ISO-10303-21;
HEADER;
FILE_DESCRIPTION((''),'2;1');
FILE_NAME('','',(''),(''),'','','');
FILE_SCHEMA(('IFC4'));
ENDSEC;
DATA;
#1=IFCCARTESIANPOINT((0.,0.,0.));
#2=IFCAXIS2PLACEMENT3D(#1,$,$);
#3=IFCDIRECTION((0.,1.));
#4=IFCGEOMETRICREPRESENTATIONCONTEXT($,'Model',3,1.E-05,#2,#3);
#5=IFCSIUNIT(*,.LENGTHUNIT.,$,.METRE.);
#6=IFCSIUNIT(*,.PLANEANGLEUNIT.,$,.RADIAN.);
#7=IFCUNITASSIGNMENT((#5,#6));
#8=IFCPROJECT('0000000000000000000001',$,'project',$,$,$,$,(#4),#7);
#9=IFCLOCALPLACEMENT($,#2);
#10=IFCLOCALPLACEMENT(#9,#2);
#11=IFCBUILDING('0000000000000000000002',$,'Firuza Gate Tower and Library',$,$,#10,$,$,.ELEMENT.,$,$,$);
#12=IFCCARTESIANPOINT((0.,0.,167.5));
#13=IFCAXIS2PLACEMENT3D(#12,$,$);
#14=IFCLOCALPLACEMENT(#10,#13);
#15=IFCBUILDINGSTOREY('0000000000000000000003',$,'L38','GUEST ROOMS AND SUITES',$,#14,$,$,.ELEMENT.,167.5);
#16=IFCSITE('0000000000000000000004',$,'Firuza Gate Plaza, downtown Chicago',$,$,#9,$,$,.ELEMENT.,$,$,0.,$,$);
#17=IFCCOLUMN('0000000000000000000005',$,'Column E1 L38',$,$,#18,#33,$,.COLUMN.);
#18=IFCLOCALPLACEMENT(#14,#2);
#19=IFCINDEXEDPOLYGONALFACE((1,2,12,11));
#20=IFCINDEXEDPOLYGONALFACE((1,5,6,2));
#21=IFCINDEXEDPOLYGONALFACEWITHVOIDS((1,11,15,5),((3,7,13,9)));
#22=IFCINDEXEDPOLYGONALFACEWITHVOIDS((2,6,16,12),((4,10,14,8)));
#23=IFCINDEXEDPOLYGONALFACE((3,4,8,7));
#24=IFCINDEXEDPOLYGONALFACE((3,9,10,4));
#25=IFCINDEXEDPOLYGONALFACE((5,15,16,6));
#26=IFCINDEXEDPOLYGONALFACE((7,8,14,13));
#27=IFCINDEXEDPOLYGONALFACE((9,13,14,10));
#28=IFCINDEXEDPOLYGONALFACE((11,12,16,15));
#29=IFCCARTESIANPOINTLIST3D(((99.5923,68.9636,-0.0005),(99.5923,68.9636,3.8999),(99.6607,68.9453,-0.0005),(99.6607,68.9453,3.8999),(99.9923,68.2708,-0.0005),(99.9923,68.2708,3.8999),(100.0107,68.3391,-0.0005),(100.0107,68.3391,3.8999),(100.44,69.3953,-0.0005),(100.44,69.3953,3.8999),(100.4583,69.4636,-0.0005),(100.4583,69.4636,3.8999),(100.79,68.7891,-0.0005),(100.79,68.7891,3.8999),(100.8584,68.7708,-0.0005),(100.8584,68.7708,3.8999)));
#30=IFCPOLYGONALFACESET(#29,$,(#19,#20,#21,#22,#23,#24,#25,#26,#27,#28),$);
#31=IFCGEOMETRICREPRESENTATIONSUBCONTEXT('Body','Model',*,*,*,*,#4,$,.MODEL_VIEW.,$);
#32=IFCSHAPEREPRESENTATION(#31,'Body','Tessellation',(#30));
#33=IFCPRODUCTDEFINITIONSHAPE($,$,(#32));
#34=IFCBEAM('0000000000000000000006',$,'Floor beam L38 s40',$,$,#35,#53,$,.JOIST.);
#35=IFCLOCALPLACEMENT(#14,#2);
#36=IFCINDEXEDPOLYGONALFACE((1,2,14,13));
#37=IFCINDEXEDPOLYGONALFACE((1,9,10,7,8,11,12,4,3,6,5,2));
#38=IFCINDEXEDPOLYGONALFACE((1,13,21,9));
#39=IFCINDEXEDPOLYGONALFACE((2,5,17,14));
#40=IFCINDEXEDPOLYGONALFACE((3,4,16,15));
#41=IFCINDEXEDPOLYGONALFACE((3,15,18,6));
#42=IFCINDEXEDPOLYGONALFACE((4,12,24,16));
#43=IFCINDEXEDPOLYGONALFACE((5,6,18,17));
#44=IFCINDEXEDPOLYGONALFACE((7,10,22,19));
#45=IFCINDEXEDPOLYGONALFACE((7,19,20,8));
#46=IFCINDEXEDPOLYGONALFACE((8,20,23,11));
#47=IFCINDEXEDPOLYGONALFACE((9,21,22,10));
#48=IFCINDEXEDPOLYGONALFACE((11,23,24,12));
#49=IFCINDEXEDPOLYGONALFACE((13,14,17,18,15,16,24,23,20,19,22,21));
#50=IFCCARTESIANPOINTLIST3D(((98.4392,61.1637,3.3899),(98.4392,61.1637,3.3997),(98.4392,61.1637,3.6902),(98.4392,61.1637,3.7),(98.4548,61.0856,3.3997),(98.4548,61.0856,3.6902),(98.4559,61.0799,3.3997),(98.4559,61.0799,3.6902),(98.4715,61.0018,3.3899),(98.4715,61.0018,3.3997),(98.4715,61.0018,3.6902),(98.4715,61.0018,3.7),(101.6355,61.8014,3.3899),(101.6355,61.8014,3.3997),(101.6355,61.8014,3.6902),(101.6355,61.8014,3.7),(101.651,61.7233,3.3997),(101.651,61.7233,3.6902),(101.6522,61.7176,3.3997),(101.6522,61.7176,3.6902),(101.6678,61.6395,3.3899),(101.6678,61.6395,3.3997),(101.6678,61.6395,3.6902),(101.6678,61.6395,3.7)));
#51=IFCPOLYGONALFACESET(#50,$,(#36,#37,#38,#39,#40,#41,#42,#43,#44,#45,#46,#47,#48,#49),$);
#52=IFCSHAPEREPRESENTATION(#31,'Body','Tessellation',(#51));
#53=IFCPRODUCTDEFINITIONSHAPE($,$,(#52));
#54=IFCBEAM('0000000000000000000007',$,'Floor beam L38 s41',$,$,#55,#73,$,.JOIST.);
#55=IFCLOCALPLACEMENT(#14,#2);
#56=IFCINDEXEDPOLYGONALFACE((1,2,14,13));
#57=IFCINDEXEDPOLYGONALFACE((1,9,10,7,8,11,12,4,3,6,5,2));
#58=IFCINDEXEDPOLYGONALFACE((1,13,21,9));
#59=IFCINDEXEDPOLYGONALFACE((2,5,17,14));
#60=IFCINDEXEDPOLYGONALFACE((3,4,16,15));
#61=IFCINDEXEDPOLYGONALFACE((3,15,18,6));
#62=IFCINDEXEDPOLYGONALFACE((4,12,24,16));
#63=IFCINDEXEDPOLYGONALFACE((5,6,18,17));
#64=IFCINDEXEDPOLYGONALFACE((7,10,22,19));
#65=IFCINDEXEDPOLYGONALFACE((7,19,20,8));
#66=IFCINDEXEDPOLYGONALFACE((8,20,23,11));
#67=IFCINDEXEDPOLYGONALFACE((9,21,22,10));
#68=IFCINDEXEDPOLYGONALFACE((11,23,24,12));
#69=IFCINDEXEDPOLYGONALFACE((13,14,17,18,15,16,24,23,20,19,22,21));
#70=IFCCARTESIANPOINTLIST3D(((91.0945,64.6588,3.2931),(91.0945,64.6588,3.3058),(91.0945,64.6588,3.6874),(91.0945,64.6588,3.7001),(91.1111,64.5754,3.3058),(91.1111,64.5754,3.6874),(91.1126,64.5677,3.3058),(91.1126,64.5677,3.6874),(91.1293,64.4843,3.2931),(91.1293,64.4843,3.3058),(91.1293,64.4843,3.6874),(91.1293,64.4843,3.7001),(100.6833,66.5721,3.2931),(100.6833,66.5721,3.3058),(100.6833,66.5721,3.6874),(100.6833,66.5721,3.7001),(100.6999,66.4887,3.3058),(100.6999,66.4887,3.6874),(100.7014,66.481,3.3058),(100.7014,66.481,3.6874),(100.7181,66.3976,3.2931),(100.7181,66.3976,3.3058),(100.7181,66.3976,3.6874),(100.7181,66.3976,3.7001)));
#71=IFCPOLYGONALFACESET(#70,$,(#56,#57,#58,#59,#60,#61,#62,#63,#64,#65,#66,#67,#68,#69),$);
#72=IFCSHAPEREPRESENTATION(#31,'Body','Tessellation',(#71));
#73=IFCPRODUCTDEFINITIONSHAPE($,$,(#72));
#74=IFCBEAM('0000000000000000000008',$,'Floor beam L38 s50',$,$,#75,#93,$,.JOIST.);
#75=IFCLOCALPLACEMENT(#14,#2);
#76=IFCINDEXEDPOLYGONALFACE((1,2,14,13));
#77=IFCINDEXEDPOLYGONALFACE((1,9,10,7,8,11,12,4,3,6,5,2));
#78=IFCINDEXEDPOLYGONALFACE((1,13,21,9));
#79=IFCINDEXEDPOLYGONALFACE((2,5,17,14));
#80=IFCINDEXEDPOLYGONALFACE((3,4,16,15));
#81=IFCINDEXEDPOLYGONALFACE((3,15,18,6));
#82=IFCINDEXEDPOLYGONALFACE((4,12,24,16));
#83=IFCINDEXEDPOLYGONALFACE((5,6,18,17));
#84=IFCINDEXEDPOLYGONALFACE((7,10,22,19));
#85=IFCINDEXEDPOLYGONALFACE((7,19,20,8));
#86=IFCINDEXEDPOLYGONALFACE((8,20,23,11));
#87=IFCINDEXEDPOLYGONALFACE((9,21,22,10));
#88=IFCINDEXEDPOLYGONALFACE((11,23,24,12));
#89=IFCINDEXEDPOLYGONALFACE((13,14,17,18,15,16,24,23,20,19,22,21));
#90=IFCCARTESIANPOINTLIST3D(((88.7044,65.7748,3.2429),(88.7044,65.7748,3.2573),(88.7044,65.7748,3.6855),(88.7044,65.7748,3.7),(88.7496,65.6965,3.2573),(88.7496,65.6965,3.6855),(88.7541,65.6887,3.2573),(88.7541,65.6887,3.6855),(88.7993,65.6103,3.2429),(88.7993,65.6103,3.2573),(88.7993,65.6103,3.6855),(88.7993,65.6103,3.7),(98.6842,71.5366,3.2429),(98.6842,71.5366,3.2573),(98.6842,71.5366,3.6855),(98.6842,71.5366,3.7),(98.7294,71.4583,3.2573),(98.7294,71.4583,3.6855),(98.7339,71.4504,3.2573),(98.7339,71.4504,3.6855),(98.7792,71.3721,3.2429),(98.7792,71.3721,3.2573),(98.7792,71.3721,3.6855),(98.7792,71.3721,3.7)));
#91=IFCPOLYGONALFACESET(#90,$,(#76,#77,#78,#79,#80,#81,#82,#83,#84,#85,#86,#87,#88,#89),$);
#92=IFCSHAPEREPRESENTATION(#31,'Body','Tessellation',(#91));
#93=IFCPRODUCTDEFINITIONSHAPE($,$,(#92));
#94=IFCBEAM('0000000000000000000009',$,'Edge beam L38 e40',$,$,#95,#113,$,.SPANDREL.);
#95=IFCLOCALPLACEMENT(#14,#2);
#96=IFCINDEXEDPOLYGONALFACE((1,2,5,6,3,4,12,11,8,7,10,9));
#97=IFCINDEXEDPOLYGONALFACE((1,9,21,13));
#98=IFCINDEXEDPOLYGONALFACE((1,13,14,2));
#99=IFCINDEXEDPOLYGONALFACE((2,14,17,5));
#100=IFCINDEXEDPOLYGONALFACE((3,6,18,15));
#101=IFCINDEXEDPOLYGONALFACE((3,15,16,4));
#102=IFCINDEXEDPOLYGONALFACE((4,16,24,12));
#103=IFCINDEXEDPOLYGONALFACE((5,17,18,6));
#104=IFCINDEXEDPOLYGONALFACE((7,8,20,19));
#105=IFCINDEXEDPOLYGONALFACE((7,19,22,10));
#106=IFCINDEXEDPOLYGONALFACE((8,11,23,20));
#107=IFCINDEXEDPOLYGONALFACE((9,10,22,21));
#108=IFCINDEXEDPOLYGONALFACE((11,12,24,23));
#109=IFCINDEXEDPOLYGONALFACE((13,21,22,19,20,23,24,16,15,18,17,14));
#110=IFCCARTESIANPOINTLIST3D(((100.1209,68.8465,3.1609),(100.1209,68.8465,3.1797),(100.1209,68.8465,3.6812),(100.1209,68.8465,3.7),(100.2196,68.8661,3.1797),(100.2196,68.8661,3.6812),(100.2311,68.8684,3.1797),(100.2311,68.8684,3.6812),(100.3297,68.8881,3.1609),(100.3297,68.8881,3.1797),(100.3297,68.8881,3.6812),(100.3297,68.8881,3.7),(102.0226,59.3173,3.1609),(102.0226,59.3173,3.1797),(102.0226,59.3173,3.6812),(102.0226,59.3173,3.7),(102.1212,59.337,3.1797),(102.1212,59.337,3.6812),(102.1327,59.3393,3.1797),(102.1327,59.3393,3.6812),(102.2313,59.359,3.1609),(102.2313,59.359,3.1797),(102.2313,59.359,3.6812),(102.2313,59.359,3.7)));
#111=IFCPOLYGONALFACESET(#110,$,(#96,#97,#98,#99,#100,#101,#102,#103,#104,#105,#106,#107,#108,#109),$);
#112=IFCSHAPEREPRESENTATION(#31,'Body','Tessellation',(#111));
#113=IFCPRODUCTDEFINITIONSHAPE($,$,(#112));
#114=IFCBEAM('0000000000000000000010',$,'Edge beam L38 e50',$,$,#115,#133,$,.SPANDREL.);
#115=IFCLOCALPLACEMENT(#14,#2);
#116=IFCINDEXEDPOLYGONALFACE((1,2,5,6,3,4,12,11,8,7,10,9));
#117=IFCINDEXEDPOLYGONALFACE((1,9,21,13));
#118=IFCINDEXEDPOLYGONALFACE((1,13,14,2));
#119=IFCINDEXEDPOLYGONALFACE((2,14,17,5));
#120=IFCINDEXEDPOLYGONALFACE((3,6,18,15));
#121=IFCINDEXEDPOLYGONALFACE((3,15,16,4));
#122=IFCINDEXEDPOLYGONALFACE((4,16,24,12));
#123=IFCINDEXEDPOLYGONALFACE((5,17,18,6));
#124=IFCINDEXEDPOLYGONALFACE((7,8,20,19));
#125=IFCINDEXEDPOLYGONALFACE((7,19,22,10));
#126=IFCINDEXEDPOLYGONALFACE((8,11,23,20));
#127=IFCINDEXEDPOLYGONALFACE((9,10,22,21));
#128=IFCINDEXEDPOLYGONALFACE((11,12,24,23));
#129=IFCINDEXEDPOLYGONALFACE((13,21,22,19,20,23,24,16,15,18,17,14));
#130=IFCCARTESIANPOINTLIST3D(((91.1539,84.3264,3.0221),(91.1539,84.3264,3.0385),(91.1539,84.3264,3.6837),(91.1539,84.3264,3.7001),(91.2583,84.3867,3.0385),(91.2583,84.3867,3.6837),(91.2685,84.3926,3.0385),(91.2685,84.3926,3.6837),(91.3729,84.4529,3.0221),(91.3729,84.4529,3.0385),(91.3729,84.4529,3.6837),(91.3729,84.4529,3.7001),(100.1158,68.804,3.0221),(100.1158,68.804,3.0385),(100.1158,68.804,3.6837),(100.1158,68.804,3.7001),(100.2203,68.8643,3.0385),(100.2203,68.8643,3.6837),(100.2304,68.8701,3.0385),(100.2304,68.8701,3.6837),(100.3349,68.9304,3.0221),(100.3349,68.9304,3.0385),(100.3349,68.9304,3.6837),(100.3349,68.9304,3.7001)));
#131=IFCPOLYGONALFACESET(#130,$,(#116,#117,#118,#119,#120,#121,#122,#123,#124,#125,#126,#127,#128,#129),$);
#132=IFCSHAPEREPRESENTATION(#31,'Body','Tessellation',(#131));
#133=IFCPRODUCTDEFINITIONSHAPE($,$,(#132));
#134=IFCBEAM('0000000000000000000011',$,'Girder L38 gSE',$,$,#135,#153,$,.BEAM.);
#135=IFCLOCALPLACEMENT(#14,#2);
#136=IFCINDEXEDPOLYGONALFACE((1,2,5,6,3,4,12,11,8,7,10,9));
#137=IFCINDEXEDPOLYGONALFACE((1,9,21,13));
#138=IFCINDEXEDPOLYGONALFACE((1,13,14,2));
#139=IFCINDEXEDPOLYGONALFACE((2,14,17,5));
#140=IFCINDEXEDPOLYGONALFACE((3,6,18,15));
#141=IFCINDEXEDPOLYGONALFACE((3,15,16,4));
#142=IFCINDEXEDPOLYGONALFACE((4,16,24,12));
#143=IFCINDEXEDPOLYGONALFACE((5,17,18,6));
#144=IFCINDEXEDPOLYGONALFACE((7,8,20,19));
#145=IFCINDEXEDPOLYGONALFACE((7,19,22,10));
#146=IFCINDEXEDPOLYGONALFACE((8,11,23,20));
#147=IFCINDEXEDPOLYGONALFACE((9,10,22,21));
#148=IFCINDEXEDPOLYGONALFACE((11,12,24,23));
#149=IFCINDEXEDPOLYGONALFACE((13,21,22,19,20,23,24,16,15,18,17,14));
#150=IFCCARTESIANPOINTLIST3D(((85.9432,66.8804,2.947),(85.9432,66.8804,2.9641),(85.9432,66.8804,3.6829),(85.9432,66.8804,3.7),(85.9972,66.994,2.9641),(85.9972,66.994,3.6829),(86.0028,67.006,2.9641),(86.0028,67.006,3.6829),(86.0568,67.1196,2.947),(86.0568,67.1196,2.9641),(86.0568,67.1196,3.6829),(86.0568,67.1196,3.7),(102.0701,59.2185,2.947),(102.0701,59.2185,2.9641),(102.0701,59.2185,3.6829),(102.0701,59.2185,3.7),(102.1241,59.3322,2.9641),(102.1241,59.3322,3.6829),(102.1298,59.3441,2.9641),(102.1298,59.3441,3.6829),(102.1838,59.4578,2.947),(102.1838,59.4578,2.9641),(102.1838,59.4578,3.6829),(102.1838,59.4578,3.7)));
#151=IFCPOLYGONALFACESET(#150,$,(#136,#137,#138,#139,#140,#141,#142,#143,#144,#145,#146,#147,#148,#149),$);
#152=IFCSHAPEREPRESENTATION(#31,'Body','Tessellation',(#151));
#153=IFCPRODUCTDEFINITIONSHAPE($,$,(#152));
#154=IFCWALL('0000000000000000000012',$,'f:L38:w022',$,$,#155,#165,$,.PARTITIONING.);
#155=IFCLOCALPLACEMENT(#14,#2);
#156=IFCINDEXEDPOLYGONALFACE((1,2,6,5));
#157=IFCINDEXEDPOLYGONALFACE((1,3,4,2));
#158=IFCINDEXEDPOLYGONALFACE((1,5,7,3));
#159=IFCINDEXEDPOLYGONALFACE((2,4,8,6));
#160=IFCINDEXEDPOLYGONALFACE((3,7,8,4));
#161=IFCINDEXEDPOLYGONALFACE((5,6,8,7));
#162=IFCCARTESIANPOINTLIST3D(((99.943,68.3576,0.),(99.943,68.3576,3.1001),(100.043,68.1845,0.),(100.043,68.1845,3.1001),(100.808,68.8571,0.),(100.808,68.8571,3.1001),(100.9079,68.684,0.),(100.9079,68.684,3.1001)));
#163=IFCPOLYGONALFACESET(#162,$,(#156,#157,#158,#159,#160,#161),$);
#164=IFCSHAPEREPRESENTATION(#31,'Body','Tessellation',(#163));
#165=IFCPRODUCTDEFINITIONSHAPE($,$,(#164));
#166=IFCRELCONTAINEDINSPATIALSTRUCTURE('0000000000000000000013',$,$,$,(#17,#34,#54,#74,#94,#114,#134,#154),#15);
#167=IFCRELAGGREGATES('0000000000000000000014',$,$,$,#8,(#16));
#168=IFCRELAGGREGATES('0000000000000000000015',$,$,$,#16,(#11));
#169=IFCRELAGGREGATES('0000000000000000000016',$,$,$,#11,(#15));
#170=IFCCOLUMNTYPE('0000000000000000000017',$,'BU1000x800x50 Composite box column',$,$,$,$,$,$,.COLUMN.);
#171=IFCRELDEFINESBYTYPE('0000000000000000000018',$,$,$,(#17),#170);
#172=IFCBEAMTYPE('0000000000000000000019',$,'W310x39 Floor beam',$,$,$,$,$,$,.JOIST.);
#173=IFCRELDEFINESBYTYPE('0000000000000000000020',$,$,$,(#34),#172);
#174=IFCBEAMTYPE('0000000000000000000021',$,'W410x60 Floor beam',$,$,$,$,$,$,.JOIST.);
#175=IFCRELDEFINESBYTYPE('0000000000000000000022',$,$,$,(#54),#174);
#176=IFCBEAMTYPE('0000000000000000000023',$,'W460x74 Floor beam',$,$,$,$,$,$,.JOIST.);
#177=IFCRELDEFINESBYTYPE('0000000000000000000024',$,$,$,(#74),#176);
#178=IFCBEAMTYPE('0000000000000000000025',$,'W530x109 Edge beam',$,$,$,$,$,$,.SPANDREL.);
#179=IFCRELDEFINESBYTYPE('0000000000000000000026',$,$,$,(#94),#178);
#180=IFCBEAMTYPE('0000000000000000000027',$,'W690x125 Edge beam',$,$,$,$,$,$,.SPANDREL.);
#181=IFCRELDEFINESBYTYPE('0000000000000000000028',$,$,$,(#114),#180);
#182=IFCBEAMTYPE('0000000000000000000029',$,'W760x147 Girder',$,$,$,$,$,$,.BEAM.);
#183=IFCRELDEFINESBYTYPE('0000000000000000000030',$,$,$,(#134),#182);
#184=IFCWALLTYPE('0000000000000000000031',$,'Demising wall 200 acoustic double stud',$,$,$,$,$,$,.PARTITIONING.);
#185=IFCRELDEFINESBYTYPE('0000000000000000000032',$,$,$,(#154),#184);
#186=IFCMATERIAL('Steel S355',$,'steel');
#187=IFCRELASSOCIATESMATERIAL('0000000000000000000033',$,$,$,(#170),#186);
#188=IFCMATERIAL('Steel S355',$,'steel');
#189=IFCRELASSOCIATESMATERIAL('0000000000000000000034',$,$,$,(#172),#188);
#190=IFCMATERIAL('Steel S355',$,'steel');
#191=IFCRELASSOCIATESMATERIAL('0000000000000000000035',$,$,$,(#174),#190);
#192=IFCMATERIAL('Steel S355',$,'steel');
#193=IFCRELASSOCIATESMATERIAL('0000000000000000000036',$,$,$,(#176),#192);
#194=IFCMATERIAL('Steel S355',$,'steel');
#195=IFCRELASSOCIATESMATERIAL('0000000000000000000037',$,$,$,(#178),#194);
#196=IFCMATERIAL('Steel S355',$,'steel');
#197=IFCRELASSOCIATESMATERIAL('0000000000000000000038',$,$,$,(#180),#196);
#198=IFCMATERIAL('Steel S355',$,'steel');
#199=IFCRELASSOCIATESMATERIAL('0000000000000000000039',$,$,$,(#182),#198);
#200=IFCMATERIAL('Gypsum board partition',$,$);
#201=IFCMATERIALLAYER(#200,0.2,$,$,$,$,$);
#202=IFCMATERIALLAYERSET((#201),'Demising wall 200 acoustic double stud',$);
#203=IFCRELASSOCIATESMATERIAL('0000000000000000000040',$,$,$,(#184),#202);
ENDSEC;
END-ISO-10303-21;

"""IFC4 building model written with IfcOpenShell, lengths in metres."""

from ifc_helpers import new_model, si_unit, direction, frame, frame_2d, origin, origin_2d, place, context, subcontext, project, spatial, rectangle, hollow_rectangle, i_section, extrude, material, layer, layer_set, material_profile, profile_set, type_object, element, save


model = new_model("IFC4")

# Units and contexts
model_context = context("Model", 3, precision=1e-05, world=origin(), true_north=direction((0.0, 1.0)))
body_context = subcontext(model_context, "Body", "Model", "MODEL_VIEW")
ifc_project = project(units=[si_unit("LENGTHUNIT", "METRE"), si_unit("PLANEANGLEUNIT", "RADIAN")], contexts=[model_context])

# Site, building, storey
site_placement = place(None, origin())
site = spatial("IfcSite", under=ifc_project, at=site_placement, Name="Firuza Gate Plaza, downtown Chicago", CompositionType="ELEMENT", RefElevation=0.0)
building_placement = place(site_placement, origin())
building = spatial("IfcBuilding", under=site, at=building_placement, Name="Firuza Gate Tower and Library", CompositionType="ELEMENT")
storey_placement = place(building_placement, frame((0.0, 0.0, 167.5)))
storey = spatial("IfcBuildingStorey", under=building, at=storey_placement, Name="L38", Description="GUEST ROOMS AND SUITES", CompositionType="ELEMENT", Elevation=167.5)

# Column
ifc_material_1 = material(Name="Steel S355", Category="steel")
ifc_material_profile_1 = material_profile(ifc_material_1, hollow_rectangle(XDim=0.8, YDim=1.0, WallThickness=0.05, at=origin_2d()))
ifc_profile_set_1 = profile_set([ifc_material_profile_1], Name="Steel S355")
column_type = type_object("IfcColumnType", Name="BU1000x800x50 Composite box column", PredefinedType="COLUMN", material=ifc_profile_set_1)
column_placement = place(storey_placement, frame((100.2253, 68.8672, -0.0005), z_axis=(0.0, 0.0, 1.0), x_axis=(-0.5, 0.866025, 0.0)))
element("IfcColumn", 1, at=column_placement, inside=storey, type_object=column_type, Name="Column E1 L38", PredefinedType="COLUMN", context=body_context, shape_type="SweptSolid", body=[
    extrude(hollow_rectangle(XDim=0.8, YDim=1.0, WallThickness=0.05, at=origin_2d()), origin(), (0.0, 0.0, 1.0), 3.9004),
])

# Beams
ifc_material_2 = material(Name="Steel S355", Category="steel")
ifc_material_profile_2 = material_profile(ifc_material_2, i_section(OverallWidth=0.165, OverallDepth=0.3101, WebThickness=0.0059, FlangeThickness=0.0098, at=origin_2d()))
ifc_profile_set_2 = profile_set([ifc_material_profile_2], Name="Steel S355")
beam_type_1 = type_object("IfcBeamType", Name="W310x39 Floor beam", PredefinedType="JOIST", material=ifc_profile_set_2)
beam_1_placement = place(storey_placement, frame((101.6516, 61.7205, 3.5449), z_axis=(-0.980673, -0.195655, 0.0), x_axis=(0.195655, -0.980673, 0.0)))
element("IfcBeam", 2, at=beam_1_placement, inside=storey, type_object=beam_type_1, Name="Floor beam L38 s40", PredefinedType="JOIST", context=body_context, shape_type="SweptSolid", body=[
    extrude(i_section(OverallWidth=0.165, OverallDepth=0.3101, WebThickness=0.0059, FlangeThickness=0.0098, at=origin_2d()), origin(), (0.0, 0.0, 1.0), 3.2593),
])
ifc_material_3 = material(Name="Steel S355", Category="steel")
ifc_material_profile_3 = material_profile(ifc_material_3, i_section(OverallWidth=0.178, OverallDepth=0.407, WebThickness=0.0078, FlangeThickness=0.0127, at=origin_2d()))
ifc_profile_set_3 = profile_set([ifc_material_profile_3], Name="Steel S355")
beam_type_2 = type_object("IfcBeamType", Name="W410x60 Floor beam", PredefinedType="JOIST", material=ifc_profile_set_3)
beam_2_placement = place(storey_placement, frame((100.7007, 66.4849, 3.4966), z_axis=(-0.980668, -0.195679, 0.0), x_axis=(0.195679, -0.980668, 0.0)))
element("IfcBeam", 3, at=beam_2_placement, inside=storey, type_object=beam_type_2, Name="Floor beam L38 s41", PredefinedType="JOIST", context=body_context, shape_type="SweptSolid", body=[
    extrude(i_section(OverallWidth=0.178, OverallDepth=0.407, WebThickness=0.0078, FlangeThickness=0.0127, at=origin_2d()), origin(), (0.0, 0.0, 1.0), 9.7778),
])
ifc_material_4 = material(Name="Steel S355", Category="steel")
ifc_material_profile_4 = material_profile(ifc_material_4, i_section(OverallWidth=0.1899, OverallDepth=0.457, WebThickness=0.009, FlangeThickness=0.0144, at=origin_2d()))
ifc_profile_set_4 = profile_set([ifc_material_profile_4], Name="Steel S355")
beam_type_3 = type_object("IfcBeamType", Name="W460x74 Floor beam", PredefinedType="JOIST", material=ifc_profile_set_4)
beam_3_placement = place(storey_placement, frame((98.7317, 71.4543, 3.4714), z_axis=(-0.866029, -0.499994, 0.0), x_axis=(0.499994, -0.866029, 0.0)))
element("IfcBeam", 4, at=beam_3_placement, inside=storey, type_object=beam_type_3, Name="Floor beam L38 s50", PredefinedType="JOIST", context=body_context, shape_type="SweptSolid", body=[
    extrude(i_section(OverallWidth=0.1899, OverallDepth=0.457, WebThickness=0.009, FlangeThickness=0.0144, at=origin_2d()), origin(), (0.0, 0.0, 1.0), 11.5237),
])
ifc_material_5 = material(Name="Steel S355", Category="steel")
ifc_material_profile_5 = material_profile(ifc_material_5, i_section(OverallWidth=0.2129, OverallDepth=0.5391, WebThickness=0.0117, FlangeThickness=0.0188, at=origin_2d()))
ifc_profile_set_5 = profile_set([ifc_material_profile_5], Name="Steel S355")
beam_type_4 = type_object("IfcBeamType", Name="W530x109 Edge beam", PredefinedType="SPANDREL", material=ifc_profile_set_5)
beam_4_placement = place(storey_placement, frame((102.127, 59.3381, 3.4304), z_axis=(-0.195701, 0.980664, 0.0), x_axis=(-0.980664, -0.195701, 0.0)))
element("IfcBeam", 5, at=beam_4_placement, inside=storey, type_object=beam_type_4, Name="Edge beam L38 e40", PredefinedType="SPANDREL", context=body_context, shape_type="SweptSolid", body=[
    extrude(i_section(OverallWidth=0.2129, OverallDepth=0.5391, WebThickness=0.0117, FlangeThickness=0.0188, at=origin_2d()), origin(), (0.0, 0.0, 1.0), 9.717),
])
ifc_material_6 = material(Name="Steel S355", Category="steel")
ifc_material_profile_6 = material_profile(ifc_material_6, i_section(OverallWidth=0.2529, OverallDepth=0.678, WebThickness=0.0117, FlangeThickness=0.0164, at=origin_2d()))
ifc_profile_set_6 = profile_set([ifc_material_profile_6], Name="Steel S355")
beam_type_5 = type_object("IfcBeamType", Name="W690x125 Edge beam", PredefinedType="SPANDREL", material=ifc_profile_set_6)
beam_5_placement = place(storey_placement, frame((100.2253, 68.8672, 3.3611), z_axis=(-0.500001, 0.866025, 0.0), x_axis=(-0.866025, -0.500001, 0.0)))
element("IfcBeam", 6, at=beam_5_placement, inside=storey, type_object=beam_type_5, Name="Edge beam L38 e50", PredefinedType="SPANDREL", context=body_context, shape_type="SweptSolid", body=[
    extrude(i_section(OverallWidth=0.2529, OverallDepth=0.678, WebThickness=0.0117, FlangeThickness=0.0164, at=origin_2d()), origin(), (0.0, 0.0, 1.0), 17.9238),
])
ifc_material_7 = material(Name="Steel S355", Category="steel")
ifc_material_profile_7 = material_profile(ifc_material_7, i_section(OverallWidth=0.2649, OverallDepth=0.7529, WebThickness=0.0132, FlangeThickness=0.0171, at=origin_2d()))
ifc_profile_set_7 = profile_set([ifc_material_profile_7], Name="Steel S355")
beam_type_6 = type_object("IfcBeamType", Name="W760x147 Girder", PredefinedType="BEAM", material=ifc_profile_set_7)
beam_6_placement = place(storey_placement, frame((102.127, 59.3381, 3.3235), z_axis=(-0.903244, 0.429128, 0.0), x_axis=(-0.429128, -0.903244, 0.0)))
element("IfcBeam", 7, at=beam_6_placement, inside=storey, type_object=beam_type_6, Name="Girder L38 gSE", PredefinedType="BEAM", context=body_context, shape_type="SweptSolid", body=[
    extrude(i_section(OverallWidth=0.2649, OverallDepth=0.7529, WebThickness=0.0132, FlangeThickness=0.0171, at=origin_2d()), origin(), (0.0, 0.0, 1.0), 17.8545),
])

# Wall
ifc_material_8 = material(Name="Gypsum board partition")
ifc_layer_1 = layer(ifc_material_8, 0.2)
ifc_layer_set_1 = layer_set([ifc_layer_1], Name="Demising wall 200 acoustic double stud")
wall_type_1 = type_object("IfcWallType", Name="Demising wall 200 acoustic double stud", PredefinedType="PARTITIONING", material=ifc_layer_set_1)
wall_1_placement = place(storey_placement, frame((99.9929, 68.271, 0.0), z_axis=(0.0, 0.0, 1.0), x_axis=(0.865978, 0.500082, 0.0)))
element("IfcWall", 8, at=wall_1_placement, inside=storey, type_object=wall_type_1, Name="f:L38:w022", PredefinedType="PARTITIONING", context=body_context, shape_type="SweptSolid", body=[
    extrude(rectangle(XDim=0.9988, YDim=0.2, at=frame_2d((0.4995, 0.0))), origin(), (0.0, 0.0, 1.0), 3.1001),
])

save(model, "model.ifc")
